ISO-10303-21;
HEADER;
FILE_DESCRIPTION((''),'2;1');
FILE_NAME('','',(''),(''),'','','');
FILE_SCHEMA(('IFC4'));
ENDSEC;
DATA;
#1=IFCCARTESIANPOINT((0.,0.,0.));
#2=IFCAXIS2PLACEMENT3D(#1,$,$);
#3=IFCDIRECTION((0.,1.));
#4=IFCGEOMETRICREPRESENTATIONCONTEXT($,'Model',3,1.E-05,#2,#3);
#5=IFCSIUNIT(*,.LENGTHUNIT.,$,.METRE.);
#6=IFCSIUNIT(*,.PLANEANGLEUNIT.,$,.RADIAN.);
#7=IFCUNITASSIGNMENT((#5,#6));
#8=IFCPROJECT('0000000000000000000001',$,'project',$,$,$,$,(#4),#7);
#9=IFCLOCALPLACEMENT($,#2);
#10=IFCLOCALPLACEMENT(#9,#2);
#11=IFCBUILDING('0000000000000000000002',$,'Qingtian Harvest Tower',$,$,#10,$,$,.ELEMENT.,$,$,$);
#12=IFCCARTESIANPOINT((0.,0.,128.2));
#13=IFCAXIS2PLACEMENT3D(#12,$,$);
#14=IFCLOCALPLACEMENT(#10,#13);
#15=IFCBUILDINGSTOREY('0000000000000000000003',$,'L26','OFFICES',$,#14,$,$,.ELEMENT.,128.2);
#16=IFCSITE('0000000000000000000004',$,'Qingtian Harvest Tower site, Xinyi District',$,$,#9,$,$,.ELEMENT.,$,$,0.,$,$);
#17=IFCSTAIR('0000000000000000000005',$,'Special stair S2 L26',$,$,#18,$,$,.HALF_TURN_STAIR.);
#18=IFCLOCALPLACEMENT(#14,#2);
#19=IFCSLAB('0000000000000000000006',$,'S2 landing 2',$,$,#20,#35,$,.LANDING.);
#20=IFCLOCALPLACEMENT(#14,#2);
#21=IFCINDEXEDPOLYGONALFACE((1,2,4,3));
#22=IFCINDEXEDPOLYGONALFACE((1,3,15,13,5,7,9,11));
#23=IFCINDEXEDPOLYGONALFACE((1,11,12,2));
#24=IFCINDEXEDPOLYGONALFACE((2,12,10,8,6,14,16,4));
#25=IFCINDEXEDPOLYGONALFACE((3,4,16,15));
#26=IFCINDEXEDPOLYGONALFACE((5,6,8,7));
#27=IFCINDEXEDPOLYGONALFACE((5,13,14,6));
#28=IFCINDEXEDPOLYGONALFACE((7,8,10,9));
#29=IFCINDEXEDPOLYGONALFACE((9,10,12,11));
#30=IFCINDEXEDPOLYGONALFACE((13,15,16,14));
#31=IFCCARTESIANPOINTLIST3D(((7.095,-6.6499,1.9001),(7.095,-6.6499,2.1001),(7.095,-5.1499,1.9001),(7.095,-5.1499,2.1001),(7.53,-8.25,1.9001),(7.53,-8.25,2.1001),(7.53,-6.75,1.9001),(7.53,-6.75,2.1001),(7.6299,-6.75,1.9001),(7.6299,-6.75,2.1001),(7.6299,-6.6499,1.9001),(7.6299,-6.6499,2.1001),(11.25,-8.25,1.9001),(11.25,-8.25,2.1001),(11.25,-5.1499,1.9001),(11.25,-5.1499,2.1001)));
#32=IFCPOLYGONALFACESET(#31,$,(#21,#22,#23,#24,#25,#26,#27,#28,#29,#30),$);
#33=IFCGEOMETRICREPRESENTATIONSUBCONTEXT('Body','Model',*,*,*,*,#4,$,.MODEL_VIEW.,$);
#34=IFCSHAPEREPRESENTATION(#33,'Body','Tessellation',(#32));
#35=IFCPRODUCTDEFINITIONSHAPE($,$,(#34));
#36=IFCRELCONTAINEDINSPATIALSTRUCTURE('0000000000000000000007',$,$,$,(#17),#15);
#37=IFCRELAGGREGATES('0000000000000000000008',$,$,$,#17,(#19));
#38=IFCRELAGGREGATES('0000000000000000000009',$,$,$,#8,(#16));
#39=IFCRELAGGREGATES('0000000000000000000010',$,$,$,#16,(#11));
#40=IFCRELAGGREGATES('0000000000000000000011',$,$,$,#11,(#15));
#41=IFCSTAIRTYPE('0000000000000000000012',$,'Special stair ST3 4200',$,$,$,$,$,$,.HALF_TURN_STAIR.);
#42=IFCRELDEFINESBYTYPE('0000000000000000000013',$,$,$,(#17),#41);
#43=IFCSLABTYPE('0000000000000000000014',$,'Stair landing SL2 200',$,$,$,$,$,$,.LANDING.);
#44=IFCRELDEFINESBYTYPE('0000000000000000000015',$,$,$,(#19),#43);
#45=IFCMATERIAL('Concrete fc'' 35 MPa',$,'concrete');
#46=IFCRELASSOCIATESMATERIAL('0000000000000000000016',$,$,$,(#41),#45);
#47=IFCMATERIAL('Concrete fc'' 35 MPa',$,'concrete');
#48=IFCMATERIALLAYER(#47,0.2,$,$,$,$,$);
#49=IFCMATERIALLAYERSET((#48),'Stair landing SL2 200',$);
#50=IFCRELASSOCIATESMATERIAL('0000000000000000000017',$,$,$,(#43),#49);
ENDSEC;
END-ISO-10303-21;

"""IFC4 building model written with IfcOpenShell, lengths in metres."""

from ifc_helpers import new_model, si_unit, direction, frame, origin, place, context, subcontext, project, spatial, polyline, outline, extrude, material, layer, layer_set, type_object, element, aggregate, save


model = new_model("IFC4")

# Units and contexts
model_context = context("Model", 3, precision=1e-05, world=origin(), true_north=direction((0.0, 1.0)))
body_context = subcontext(model_context, "Body", "Model", "MODEL_VIEW")
ifc_project = project(units=[si_unit("LENGTHUNIT", "METRE"), si_unit("PLANEANGLEUNIT", "RADIAN")], contexts=[model_context])

# Site, building, storey
site_placement = place(None, origin())
site = spatial("IfcSite", under=ifc_project, at=site_placement, Name="Qingtian Harvest Tower site, Xinyi District", CompositionType="ELEMENT", RefElevation=0.0)
building_placement = place(site_placement, origin())
building = spatial("IfcBuilding", under=site, at=building_placement, Name="Qingtian Harvest Tower", CompositionType="ELEMENT")
storey_placement = place(building_placement, frame((0.0, 0.0, 128.2)))
storey = spatial("IfcBuildingStorey", under=building, at=storey_placement, Name="L26", Description="OFFICES", CompositionType="ELEMENT", Elevation=128.2)

# Stair, slab
ifc_material_1 = material(Name="Concrete fc' 35 MPa", Category="concrete")
stair_type = type_object("IfcStairType", Name="Special stair ST3 4200", PredefinedType="HALF_TURN_STAIR", material=ifc_material_1)
stair_placement = place(storey_placement, origin())
stair = element("IfcStair", 1, at=stair_placement, inside=storey, type_object=stair_type, Name="Special stair S2 L26", PredefinedType="HALF_TURN_STAIR")
ifc_material_2 = material(Name="Concrete fc' 35 MPa", Category="concrete")
ifc_layer_1 = layer(ifc_material_2, 0.2)
ifc_layer_set_1 = layer_set([ifc_layer_1], Name="Stair landing SL2 200")
slab_type_1 = type_object("IfcSlabType", Name="Stair landing SL2 200", PredefinedType="LANDING", material=ifc_layer_set_1)
slab_1_placement = place(storey_placement, frame((0.0, 0.0, 1.9001)))
slab_1 = element("IfcSlab", 2, at=slab_1_placement, type_object=slab_type_1, Name="S2 landing 2", PredefinedType="LANDING", context=body_context, shape_type="SweptSolid", body=[
    extrude(outline(polyline([(7.53, -8.25), (7.53, -6.75), (7.6299, -6.75), (7.6299, -6.6499), (7.095, -6.6499), (7.095, -5.1499), (11.25, -5.1499), (11.25, -8.25), (7.53, -8.25)])), origin(), (0.0, 0.0, 1.0), 0.2),
])
aggregate(stair, [slab_1])

save(model, "model.ifc")
